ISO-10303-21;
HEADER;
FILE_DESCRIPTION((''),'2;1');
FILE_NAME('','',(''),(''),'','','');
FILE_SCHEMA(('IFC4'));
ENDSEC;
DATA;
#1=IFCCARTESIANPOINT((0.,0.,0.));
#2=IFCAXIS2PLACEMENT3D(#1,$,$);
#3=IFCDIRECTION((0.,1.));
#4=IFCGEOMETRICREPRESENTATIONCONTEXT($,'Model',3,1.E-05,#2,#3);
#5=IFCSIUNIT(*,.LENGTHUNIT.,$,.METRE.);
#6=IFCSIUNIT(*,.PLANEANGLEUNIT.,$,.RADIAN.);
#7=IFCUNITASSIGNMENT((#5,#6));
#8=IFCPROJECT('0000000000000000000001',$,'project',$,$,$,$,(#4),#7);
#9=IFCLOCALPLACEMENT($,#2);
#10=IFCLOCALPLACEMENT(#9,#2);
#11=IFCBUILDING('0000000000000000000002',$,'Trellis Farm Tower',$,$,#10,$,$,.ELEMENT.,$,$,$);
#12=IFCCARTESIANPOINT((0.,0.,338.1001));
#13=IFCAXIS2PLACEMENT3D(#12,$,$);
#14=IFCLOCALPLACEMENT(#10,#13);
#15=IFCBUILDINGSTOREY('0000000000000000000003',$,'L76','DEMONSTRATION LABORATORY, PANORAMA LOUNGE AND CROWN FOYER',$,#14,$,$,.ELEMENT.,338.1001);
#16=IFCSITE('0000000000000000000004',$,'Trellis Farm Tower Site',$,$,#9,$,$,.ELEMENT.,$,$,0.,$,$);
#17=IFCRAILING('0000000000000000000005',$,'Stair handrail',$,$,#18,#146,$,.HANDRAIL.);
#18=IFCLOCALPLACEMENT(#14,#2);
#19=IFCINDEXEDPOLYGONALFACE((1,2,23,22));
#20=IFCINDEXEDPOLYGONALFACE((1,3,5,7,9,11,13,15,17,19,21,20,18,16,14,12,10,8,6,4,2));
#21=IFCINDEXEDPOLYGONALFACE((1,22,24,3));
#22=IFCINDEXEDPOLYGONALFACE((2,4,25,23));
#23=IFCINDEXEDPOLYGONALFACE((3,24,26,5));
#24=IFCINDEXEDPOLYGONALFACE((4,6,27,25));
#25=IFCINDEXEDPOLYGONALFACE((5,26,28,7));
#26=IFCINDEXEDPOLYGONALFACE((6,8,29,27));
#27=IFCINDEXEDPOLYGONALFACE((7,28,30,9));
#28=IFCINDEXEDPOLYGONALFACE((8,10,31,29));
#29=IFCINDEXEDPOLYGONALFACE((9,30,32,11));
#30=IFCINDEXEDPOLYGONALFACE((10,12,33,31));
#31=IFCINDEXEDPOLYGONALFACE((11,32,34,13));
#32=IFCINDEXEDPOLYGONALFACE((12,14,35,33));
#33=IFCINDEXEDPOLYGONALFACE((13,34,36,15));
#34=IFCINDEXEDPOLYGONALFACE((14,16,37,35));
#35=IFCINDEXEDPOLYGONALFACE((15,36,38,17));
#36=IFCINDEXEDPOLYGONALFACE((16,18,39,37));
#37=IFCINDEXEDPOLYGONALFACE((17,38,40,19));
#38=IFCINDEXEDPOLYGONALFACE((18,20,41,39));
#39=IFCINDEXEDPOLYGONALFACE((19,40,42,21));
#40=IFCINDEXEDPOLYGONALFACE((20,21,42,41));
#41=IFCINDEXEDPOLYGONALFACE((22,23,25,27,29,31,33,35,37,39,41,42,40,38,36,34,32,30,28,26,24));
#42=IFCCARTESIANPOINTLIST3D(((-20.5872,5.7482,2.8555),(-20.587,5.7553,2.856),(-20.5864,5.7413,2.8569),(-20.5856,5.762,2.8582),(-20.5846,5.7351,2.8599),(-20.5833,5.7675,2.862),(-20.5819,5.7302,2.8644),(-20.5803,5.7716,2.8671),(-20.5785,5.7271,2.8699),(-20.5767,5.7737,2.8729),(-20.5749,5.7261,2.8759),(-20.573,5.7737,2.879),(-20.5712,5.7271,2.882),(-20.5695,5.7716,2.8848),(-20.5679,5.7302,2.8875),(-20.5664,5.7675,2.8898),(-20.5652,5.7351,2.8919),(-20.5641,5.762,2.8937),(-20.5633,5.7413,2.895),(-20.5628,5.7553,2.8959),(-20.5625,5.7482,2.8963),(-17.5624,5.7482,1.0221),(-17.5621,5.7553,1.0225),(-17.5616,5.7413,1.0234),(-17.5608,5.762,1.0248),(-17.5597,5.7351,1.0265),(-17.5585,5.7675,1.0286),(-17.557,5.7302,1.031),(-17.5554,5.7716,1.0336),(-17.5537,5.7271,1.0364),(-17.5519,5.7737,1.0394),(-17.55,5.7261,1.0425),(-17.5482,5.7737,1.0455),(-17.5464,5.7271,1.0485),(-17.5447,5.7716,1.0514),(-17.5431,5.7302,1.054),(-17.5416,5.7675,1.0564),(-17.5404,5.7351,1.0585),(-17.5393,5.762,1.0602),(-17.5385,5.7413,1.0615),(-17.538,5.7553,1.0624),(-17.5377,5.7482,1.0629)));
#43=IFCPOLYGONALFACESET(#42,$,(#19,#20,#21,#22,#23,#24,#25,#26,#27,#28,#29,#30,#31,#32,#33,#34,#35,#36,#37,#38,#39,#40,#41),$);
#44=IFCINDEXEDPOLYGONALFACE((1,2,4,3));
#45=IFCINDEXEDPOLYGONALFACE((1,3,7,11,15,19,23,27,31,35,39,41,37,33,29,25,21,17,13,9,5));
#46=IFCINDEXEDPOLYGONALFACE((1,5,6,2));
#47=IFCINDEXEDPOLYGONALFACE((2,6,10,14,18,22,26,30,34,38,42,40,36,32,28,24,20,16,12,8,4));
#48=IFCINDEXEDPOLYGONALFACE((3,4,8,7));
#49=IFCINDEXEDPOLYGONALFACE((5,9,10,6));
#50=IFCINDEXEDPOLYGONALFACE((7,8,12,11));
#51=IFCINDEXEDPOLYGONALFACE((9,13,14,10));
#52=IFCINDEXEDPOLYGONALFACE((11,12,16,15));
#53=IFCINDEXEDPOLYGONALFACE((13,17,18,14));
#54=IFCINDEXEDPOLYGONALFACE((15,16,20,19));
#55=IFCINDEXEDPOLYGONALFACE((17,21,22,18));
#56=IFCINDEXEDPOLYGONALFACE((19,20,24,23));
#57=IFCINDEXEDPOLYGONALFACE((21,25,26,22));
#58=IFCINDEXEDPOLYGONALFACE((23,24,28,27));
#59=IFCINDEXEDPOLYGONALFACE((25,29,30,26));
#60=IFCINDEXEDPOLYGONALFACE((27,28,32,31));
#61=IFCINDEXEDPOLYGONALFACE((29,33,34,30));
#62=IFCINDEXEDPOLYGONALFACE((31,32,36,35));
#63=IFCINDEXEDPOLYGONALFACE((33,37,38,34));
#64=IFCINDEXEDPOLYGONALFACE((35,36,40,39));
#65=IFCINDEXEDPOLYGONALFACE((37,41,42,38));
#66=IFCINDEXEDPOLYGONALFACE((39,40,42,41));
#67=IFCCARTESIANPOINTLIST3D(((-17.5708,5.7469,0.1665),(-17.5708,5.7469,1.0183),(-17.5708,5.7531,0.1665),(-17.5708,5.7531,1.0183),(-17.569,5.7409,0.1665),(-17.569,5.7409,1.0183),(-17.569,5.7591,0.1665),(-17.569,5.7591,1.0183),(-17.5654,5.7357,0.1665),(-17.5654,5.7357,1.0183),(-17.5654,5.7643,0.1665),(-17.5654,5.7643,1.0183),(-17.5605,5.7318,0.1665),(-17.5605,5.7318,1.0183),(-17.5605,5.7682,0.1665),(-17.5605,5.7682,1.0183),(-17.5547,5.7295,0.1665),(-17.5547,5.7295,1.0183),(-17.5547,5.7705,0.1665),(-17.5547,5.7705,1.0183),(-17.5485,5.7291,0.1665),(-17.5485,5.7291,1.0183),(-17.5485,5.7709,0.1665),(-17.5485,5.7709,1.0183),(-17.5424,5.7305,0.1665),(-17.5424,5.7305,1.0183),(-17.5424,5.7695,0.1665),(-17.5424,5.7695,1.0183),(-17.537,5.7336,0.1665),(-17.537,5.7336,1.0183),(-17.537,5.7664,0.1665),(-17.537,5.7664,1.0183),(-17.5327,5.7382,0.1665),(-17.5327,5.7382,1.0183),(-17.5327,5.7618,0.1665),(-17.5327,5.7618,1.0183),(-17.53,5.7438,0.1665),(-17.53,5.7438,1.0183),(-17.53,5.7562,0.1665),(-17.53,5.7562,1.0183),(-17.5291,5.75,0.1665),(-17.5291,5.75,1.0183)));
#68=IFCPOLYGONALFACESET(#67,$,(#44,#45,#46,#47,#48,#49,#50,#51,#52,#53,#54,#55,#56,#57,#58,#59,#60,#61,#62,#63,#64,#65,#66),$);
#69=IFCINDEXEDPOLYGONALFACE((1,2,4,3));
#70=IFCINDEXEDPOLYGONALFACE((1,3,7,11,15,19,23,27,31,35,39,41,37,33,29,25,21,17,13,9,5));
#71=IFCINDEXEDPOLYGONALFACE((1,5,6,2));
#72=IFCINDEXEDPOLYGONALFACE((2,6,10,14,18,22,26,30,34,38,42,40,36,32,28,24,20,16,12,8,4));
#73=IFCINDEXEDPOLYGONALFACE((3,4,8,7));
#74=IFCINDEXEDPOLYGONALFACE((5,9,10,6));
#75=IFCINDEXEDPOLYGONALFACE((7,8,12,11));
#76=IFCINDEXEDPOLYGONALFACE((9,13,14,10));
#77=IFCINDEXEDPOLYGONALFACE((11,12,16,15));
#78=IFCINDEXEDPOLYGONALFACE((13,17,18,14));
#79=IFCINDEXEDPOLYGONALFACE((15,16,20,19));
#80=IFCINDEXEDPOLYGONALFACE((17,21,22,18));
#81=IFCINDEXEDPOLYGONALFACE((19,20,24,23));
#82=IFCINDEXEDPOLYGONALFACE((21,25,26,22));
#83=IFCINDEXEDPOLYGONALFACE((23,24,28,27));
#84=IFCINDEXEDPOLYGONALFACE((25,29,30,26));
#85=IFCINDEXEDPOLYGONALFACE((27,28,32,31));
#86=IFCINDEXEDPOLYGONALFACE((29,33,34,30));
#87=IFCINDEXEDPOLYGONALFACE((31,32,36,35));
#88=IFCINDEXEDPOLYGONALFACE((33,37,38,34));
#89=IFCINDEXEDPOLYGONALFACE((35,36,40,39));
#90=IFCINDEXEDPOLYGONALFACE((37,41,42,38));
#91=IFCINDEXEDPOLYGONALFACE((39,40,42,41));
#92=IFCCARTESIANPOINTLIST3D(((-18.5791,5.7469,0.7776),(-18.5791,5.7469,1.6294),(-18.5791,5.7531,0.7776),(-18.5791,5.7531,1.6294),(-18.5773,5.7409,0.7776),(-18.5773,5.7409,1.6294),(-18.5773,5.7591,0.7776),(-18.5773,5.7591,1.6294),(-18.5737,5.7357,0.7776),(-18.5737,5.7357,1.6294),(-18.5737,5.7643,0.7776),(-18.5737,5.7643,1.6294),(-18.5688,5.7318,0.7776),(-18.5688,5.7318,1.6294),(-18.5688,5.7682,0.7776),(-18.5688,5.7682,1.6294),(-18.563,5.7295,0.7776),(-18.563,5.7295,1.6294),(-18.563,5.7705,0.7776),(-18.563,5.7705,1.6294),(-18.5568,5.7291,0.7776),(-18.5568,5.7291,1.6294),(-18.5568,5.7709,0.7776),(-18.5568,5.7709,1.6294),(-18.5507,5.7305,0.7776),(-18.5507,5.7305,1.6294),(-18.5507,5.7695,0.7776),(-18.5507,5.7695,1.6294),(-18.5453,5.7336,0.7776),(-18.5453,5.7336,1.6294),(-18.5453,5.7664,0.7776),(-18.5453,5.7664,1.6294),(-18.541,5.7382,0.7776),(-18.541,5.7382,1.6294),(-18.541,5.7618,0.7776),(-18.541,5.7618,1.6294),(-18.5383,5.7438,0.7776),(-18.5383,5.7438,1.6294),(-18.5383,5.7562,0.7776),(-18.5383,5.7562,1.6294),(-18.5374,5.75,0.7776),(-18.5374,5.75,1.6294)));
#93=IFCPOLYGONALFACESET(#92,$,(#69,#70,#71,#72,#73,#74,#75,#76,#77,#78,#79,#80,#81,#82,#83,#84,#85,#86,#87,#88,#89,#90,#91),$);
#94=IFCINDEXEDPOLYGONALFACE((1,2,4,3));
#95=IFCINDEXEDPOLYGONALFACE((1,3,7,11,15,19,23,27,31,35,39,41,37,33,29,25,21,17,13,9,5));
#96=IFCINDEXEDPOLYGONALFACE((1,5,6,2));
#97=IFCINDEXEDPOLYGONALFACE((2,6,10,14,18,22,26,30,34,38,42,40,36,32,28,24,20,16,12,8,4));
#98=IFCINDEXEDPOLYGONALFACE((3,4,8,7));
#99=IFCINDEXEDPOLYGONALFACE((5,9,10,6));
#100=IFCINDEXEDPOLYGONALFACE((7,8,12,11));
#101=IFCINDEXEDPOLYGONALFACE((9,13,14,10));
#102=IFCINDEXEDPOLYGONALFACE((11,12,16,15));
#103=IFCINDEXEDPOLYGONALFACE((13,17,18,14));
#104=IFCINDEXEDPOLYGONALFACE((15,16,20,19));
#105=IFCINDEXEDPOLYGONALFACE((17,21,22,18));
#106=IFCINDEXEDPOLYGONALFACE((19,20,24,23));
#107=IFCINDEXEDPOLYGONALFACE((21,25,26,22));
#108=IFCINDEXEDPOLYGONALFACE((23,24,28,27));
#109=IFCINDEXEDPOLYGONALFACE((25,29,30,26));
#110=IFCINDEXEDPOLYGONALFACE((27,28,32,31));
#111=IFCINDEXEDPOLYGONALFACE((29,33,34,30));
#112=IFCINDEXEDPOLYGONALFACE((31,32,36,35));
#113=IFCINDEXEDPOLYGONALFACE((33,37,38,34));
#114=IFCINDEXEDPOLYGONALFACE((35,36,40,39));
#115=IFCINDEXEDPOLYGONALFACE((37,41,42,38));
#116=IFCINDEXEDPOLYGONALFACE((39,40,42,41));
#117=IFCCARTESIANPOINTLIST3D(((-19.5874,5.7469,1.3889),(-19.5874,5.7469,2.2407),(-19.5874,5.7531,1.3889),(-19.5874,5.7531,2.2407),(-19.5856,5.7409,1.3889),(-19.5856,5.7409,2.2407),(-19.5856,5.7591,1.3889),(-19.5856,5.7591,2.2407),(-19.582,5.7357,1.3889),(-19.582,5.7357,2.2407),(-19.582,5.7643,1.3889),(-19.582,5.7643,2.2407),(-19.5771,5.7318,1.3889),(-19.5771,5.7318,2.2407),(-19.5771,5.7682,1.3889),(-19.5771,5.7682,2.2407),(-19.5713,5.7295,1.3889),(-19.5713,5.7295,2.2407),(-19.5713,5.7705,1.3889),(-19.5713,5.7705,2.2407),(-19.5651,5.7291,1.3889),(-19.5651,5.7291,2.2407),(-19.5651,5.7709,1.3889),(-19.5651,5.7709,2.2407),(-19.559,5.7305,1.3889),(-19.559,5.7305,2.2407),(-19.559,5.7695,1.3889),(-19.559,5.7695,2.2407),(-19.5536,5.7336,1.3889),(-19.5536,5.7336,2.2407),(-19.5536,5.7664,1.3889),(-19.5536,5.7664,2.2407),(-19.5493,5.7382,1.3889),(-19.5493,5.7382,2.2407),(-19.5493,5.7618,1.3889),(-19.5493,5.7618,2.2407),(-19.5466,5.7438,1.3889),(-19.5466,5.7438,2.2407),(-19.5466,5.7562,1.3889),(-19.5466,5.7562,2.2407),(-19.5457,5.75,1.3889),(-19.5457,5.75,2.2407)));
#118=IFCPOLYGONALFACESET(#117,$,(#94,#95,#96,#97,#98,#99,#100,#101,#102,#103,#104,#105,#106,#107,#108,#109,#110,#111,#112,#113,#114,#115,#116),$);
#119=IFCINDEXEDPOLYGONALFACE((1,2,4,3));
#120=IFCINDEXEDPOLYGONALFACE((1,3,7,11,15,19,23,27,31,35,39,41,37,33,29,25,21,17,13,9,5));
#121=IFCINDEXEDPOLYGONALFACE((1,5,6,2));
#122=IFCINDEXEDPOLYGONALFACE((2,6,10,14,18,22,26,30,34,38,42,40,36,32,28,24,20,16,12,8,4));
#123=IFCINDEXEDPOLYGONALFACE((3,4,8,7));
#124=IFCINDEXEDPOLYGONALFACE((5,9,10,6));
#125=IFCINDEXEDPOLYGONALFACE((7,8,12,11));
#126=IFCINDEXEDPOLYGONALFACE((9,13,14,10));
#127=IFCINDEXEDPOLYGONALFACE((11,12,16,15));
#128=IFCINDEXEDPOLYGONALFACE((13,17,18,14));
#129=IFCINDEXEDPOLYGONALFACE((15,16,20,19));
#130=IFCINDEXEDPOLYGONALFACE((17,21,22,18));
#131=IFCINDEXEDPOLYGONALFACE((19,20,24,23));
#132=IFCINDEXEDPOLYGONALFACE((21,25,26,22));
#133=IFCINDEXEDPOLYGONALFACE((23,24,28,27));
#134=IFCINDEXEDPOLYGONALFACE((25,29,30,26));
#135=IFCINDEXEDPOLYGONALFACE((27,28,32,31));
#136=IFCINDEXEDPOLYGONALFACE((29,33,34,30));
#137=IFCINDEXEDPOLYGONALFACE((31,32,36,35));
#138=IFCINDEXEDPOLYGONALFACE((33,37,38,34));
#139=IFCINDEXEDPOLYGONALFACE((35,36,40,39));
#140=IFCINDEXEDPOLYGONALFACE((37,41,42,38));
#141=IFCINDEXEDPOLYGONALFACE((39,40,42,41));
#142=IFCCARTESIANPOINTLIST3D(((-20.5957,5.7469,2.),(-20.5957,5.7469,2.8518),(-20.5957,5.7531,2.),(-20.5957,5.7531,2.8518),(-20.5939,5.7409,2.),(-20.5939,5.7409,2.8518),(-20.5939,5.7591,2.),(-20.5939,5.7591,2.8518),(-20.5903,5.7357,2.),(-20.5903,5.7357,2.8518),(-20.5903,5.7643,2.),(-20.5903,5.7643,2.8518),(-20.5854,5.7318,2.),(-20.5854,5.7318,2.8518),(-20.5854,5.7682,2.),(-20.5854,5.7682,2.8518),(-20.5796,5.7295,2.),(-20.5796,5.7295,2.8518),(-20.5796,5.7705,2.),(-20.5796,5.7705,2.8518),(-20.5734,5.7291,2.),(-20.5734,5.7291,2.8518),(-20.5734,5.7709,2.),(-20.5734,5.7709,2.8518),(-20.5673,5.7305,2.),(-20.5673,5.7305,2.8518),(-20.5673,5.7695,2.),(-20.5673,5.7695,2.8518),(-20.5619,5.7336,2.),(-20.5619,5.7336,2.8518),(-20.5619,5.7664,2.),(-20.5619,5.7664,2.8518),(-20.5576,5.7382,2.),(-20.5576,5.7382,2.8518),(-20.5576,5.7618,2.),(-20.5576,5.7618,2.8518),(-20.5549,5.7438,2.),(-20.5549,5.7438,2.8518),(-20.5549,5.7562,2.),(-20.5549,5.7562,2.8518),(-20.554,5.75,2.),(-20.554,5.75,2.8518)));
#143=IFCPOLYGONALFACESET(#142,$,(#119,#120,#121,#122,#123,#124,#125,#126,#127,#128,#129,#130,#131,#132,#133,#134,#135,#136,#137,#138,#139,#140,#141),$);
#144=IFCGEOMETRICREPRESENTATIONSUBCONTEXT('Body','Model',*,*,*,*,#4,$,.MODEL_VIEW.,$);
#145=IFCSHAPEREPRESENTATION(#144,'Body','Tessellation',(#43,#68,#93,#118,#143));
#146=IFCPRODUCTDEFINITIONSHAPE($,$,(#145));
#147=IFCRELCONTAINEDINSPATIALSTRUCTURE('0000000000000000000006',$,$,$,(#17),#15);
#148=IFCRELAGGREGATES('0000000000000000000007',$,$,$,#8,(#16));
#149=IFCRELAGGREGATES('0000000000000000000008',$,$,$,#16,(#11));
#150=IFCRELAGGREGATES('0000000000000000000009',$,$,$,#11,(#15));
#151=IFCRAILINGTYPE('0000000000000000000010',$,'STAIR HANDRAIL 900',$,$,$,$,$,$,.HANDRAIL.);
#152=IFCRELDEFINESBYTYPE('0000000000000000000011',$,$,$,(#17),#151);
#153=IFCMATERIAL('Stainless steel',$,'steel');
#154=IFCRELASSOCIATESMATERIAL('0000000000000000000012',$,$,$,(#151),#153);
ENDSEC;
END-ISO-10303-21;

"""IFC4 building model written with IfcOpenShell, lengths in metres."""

from ifc_helpers import new_model, si_unit, direction, frame, origin, origin_2d, place, context, subcontext, project, spatial, circle, extrude, source, transform, mapped, material, type_object, element, save


model = new_model("IFC4")

# Units and contexts
model_context = context("Model", 3, precision=1e-05, world=origin(), true_north=direction((0.0, 1.0)))
body_context = subcontext(model_context, "Body", "Model", "MODEL_VIEW")
ifc_project = project(units=[si_unit("LENGTHUNIT", "METRE"), si_unit("PLANEANGLEUNIT", "RADIAN")], contexts=[model_context])

# Site, building, storey
site_placement = place(None, origin())
site = spatial("IfcSite", under=ifc_project, at=site_placement, Name="Trellis Farm Tower Site", CompositionType="ELEMENT", RefElevation=0.0)
building_placement = place(site_placement, origin())
building = spatial("IfcBuilding", under=site, at=building_placement, Name="Trellis Farm Tower", CompositionType="ELEMENT")
storey_placement = place(building_placement, frame((0.0, 0.0, 338.1001)))
storey = spatial("IfcBuildingStorey", under=building, at=storey_placement, Name="L76", Description="DEMONSTRATION LABORATORY, PANORAMA LOUNGE AND CROWN FOYER", CompositionType="ELEMENT", Elevation=338.1001)

# Railing
ifc_material_1 = material(Name="Stainless steel", Category="steel")
railing_type = type_object("IfcRailingType", Name="STAIR HANDRAIL 900", PredefinedType="HANDRAIL", material=ifc_material_1)
shared_shape_1 = source(origin(), body_context, "Body", "SweptSolid", [
    extrude(circle(Radius=0.0239, at=origin_2d()), frame((0.0, 0.0, 0.876), z_axis=(-0.85517, 0.0, 0.518348), x_axis=(0.0, -1.0, 0.0)), (0.0, 0.0, 1.0), 3.5371),
    extrude(circle(Radius=0.021, at=origin_2d()), origin(), (0.0, 0.0, 1.0), 0.8518),
    extrude(circle(Radius=0.021, at=origin_2d()), frame((-1.0083, 0.0, 0.6111)), (0.0, 0.0, 1.0), 0.8518),
    extrude(circle(Radius=0.021, at=origin_2d()), frame((-2.0166, 0.0, 1.2224)), (0.0, 0.0, 1.0), 0.8518),
    extrude(circle(Radius=0.021, at=origin_2d()), frame((-3.0249, 0.0, 1.8335)), (0.0, 0.0, 1.0), 0.8518),
])
for number, where, name in (
    (1, (-17.55, 5.75, 0.1665), "Stair handrail"),
):
    element("IfcRailing", number, at=place(storey_placement, frame(where)), inside=storey, type_object=railing_type, Name=name, PredefinedType="HANDRAIL", context=body_context, shape_type="MappedRepresentation", body=[
        mapped(shared_shape_1, transform((0.0, 0.0, 0.0))),
    ])

save(model, "model.ifc")
